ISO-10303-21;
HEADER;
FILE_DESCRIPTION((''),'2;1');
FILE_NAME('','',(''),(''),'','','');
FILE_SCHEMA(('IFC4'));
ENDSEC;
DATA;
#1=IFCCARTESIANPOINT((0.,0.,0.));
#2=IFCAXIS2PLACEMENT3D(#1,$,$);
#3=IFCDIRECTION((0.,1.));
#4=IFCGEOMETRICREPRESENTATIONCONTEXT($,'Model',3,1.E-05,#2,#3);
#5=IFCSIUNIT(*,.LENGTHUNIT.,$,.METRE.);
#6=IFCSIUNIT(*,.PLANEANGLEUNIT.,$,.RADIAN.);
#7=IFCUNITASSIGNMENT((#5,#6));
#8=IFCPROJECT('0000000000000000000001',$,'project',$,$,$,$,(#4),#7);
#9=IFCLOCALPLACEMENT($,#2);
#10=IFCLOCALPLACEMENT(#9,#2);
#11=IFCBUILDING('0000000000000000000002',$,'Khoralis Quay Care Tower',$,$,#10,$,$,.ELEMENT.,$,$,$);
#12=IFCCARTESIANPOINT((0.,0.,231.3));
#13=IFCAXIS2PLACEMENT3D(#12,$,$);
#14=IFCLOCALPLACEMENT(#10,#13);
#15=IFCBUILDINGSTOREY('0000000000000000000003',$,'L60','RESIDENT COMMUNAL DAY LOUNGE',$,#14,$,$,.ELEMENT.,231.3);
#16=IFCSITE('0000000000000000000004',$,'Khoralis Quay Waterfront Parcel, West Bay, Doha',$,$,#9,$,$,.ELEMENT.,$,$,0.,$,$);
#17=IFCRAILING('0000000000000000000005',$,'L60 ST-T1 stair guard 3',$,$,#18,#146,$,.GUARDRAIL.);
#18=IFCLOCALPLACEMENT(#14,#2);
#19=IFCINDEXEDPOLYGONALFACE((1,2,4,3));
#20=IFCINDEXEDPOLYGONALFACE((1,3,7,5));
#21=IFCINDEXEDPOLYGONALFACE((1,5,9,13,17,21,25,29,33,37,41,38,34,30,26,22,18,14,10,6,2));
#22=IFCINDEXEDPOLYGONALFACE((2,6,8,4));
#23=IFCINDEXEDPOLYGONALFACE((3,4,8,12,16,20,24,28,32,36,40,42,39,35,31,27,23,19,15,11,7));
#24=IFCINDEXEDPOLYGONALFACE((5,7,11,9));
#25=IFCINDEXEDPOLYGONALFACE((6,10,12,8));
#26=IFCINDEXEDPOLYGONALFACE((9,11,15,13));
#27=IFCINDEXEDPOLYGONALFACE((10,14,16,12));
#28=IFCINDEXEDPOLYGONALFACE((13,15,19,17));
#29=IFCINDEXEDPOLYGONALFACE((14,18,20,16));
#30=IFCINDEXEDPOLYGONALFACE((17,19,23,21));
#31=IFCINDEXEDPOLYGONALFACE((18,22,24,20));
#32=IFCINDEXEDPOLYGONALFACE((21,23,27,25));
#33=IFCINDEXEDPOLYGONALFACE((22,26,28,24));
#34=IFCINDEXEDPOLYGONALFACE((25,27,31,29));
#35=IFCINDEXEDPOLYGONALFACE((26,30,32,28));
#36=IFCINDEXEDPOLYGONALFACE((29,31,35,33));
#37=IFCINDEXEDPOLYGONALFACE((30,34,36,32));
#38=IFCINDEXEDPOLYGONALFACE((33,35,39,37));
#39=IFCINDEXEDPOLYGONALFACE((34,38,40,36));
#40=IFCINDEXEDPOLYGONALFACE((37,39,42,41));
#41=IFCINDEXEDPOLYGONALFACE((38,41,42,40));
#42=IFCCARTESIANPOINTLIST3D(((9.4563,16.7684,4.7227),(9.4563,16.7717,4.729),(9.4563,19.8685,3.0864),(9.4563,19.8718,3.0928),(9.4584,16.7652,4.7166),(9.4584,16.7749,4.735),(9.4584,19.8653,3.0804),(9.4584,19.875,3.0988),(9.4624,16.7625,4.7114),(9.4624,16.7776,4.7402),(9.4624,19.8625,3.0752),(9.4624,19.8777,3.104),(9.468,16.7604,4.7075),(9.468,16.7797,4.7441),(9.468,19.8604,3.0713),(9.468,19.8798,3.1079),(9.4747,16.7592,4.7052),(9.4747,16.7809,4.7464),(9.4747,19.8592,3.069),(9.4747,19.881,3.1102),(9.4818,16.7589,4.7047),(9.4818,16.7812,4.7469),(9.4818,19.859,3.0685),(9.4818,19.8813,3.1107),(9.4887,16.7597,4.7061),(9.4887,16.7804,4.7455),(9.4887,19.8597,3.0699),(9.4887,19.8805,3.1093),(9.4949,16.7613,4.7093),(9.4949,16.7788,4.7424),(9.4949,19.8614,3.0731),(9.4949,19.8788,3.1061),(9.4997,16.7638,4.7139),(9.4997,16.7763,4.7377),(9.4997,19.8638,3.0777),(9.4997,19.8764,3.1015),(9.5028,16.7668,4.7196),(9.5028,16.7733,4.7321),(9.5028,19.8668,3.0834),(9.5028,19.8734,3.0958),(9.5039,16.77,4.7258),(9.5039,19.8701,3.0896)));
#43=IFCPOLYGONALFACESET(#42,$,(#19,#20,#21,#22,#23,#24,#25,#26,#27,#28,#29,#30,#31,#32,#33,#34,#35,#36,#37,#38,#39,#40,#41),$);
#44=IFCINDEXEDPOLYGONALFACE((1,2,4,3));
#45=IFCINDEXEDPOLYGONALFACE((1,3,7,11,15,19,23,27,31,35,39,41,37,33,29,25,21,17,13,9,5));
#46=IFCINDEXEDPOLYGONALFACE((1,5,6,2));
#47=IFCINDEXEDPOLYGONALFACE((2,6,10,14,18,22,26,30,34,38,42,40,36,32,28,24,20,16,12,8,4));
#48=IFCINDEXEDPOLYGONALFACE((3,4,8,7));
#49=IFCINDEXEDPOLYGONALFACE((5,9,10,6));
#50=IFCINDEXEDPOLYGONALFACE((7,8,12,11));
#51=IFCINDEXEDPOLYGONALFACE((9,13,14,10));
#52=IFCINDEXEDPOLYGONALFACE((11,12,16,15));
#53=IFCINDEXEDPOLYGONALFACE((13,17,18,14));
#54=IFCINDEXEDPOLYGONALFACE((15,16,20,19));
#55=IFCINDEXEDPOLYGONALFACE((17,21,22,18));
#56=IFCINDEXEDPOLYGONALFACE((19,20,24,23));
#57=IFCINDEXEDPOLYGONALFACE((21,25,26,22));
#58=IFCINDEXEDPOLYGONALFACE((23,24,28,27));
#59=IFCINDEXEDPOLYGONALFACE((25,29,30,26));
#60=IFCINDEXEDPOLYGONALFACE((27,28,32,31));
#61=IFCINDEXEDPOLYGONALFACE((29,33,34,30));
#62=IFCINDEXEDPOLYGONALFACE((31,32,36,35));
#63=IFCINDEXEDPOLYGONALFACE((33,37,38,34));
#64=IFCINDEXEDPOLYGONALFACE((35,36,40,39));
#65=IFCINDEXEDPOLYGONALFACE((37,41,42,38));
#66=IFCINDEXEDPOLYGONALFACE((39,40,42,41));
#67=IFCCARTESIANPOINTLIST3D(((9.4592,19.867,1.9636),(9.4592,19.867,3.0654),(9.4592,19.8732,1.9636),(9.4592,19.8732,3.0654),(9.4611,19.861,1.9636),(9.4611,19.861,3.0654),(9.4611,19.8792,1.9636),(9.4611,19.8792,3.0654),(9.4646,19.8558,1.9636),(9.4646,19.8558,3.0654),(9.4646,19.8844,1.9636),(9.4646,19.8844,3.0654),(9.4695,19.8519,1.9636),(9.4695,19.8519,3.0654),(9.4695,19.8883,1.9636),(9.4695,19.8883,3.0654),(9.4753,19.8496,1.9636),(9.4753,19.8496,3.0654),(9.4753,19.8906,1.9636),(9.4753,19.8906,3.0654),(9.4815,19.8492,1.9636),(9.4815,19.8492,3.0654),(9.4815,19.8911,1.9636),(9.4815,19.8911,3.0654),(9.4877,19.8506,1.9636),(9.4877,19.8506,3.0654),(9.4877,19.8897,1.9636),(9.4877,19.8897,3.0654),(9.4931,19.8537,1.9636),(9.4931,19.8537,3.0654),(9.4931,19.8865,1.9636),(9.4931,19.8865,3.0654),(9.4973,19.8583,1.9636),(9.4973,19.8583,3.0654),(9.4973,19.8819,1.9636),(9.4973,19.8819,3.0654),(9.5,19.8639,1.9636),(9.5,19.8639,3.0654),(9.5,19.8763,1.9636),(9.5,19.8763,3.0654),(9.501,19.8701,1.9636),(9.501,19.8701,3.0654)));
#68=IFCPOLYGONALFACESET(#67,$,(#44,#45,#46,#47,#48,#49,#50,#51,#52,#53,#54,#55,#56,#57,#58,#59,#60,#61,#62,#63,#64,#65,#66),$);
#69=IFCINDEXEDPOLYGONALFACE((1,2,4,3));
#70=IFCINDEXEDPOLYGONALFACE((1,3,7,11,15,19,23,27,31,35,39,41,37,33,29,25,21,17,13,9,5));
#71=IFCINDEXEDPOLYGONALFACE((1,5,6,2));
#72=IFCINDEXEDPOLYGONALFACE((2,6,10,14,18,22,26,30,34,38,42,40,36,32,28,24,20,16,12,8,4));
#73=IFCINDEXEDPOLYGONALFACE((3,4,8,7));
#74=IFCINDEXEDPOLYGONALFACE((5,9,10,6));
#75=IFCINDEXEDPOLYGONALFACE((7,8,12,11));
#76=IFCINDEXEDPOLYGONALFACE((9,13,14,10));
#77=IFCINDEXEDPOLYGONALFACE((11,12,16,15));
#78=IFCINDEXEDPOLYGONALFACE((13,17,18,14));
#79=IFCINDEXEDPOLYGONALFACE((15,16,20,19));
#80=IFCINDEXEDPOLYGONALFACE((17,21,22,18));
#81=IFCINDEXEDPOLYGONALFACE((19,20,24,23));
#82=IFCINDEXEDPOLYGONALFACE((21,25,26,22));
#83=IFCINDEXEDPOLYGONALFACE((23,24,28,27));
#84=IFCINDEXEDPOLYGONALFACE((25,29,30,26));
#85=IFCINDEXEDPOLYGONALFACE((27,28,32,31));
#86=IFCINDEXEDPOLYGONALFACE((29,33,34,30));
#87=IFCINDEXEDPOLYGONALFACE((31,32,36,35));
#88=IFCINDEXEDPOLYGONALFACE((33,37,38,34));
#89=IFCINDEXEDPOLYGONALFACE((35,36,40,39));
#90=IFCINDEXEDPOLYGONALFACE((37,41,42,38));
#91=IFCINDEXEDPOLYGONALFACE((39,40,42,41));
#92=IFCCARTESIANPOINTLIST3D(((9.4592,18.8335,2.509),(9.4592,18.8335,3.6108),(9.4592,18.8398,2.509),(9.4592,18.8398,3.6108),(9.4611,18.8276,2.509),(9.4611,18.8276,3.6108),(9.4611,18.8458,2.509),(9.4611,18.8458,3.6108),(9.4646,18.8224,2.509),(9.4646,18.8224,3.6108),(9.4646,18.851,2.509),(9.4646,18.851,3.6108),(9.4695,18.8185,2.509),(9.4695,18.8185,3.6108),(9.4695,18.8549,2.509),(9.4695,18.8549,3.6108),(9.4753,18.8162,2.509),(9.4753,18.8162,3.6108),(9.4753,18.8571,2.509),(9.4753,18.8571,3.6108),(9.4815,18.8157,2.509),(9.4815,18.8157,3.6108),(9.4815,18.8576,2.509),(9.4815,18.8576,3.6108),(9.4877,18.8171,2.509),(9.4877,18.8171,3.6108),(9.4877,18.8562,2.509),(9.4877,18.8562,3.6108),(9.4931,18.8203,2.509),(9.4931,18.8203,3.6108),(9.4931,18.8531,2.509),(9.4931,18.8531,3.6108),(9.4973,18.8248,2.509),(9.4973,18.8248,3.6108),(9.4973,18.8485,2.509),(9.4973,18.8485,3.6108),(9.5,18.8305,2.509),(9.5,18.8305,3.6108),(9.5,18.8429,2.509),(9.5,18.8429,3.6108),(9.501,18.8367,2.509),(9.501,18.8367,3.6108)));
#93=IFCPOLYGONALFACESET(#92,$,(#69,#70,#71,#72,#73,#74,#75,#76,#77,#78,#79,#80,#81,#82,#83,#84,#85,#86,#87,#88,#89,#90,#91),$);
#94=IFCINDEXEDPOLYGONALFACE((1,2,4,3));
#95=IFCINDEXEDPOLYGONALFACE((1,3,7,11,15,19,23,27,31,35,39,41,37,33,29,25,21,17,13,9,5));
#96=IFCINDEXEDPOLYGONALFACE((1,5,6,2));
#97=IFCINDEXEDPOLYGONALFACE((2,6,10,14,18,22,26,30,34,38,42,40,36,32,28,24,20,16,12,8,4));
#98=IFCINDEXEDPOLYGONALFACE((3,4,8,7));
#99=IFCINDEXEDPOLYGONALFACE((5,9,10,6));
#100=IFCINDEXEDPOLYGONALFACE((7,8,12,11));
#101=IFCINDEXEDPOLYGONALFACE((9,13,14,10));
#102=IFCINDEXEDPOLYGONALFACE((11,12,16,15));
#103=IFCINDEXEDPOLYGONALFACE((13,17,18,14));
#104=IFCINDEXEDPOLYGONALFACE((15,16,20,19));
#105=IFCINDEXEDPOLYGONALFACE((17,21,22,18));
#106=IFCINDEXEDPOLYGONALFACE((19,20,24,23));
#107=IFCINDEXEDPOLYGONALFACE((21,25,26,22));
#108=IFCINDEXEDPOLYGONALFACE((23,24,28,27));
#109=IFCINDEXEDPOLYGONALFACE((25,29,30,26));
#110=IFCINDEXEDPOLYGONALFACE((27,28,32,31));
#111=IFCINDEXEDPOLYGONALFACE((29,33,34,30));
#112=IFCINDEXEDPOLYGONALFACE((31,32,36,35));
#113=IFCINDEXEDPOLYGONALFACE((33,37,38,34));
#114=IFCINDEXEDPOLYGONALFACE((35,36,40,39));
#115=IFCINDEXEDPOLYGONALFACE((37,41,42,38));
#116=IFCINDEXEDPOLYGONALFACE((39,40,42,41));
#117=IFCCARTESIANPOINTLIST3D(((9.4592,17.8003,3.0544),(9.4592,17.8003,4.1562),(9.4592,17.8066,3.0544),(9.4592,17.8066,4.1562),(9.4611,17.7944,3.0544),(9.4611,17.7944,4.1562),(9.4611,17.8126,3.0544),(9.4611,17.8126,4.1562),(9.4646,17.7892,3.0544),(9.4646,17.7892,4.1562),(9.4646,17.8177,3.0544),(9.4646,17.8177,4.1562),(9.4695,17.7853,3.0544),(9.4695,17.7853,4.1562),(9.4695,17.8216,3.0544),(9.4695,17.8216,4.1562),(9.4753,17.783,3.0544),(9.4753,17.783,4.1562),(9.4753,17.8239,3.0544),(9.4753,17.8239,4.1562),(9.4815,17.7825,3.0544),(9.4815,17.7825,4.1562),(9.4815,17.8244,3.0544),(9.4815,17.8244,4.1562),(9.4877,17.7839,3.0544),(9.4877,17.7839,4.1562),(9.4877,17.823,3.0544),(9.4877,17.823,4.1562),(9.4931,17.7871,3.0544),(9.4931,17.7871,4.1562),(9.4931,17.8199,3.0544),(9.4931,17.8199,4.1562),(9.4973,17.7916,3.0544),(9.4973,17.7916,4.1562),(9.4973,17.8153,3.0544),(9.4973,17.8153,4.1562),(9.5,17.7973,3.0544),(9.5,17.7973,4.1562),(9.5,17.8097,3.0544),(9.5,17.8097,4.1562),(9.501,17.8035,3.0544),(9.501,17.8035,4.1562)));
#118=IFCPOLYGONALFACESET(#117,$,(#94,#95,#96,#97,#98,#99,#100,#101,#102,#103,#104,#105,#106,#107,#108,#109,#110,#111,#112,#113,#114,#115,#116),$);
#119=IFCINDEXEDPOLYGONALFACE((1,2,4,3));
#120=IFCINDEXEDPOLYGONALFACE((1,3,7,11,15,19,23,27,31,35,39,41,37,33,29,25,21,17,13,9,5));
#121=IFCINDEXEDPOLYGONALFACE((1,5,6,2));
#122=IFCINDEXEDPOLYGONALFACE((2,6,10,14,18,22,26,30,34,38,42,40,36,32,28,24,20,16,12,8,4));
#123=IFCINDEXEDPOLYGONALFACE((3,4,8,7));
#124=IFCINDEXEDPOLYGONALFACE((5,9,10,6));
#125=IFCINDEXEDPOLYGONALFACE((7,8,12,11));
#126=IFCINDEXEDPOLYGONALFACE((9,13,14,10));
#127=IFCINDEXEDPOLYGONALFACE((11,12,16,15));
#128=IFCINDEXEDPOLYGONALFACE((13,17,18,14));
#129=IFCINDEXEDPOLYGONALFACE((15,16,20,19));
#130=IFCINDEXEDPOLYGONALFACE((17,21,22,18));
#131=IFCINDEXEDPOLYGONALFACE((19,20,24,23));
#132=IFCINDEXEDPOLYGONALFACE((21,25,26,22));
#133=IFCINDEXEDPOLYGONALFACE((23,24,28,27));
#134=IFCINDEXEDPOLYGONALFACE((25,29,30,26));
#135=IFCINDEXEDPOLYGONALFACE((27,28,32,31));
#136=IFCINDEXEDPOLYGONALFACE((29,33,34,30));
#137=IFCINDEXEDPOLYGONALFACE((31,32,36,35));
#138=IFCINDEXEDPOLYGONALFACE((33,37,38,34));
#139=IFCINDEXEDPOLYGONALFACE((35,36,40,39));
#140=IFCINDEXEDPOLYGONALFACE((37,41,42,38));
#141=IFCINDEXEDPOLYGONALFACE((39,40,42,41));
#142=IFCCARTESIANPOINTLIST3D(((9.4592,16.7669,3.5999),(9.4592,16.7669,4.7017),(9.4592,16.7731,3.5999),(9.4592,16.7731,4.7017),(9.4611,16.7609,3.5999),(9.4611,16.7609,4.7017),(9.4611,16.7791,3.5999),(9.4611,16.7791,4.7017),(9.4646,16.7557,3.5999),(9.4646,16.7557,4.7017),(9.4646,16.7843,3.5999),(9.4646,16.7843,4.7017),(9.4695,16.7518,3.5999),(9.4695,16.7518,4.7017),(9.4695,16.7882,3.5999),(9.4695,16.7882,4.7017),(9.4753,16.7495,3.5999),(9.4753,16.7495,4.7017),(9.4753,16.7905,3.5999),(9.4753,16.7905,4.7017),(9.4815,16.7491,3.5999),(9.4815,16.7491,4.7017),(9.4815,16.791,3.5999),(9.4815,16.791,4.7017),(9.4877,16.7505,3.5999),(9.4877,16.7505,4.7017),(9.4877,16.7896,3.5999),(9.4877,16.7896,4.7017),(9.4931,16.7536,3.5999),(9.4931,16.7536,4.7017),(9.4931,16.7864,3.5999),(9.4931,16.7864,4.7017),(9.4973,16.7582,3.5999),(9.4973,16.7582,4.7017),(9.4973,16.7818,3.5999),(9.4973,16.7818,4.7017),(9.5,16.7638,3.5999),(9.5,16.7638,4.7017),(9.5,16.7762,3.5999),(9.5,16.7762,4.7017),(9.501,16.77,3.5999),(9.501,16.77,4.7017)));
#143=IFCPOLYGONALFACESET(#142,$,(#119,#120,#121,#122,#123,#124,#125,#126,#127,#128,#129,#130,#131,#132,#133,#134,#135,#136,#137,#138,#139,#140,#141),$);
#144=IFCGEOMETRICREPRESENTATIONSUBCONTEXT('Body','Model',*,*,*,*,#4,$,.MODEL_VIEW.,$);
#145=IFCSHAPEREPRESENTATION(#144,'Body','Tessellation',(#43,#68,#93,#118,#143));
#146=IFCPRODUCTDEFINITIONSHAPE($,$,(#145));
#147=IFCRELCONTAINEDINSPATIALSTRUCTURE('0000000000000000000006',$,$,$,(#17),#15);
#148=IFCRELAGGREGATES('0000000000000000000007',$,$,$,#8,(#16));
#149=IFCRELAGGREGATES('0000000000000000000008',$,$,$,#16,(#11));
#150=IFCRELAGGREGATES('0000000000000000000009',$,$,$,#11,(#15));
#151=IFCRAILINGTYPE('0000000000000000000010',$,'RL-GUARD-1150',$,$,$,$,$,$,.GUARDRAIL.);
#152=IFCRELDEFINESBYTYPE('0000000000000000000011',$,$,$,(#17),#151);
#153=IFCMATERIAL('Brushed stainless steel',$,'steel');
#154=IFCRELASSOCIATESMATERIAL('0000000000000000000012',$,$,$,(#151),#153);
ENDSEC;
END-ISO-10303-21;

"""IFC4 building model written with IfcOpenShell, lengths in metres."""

from ifc_helpers import new_model, si_unit, direction, frame, origin, origin_2d, place, context, subcontext, project, spatial, circle, extrude, material, type_object, element, save


model = new_model("IFC4")

# Units and contexts
model_context = context("Model", 3, precision=1e-05, world=origin(), true_north=direction((0.0, 1.0)))
body_context = subcontext(model_context, "Body", "Model", "MODEL_VIEW")
ifc_project = project(units=[si_unit("LENGTHUNIT", "METRE"), si_unit("PLANEANGLEUNIT", "RADIAN")], contexts=[model_context])

# Site, building, storey
site_placement = place(None, origin())
site = spatial("IfcSite", under=ifc_project, at=site_placement, Name="Khoralis Quay Waterfront Parcel, West Bay, Doha", CompositionType="ELEMENT", RefElevation=0.0)
building_placement = place(site_placement, origin())
building = spatial("IfcBuilding", under=site, at=building_placement, Name="Khoralis Quay Care Tower", CompositionType="ELEMENT")
storey_placement = place(building_placement, frame((0.0, 0.0, 231.3)))
storey = spatial("IfcBuildingStorey", under=building, at=storey_placement, Name="L60", Description="RESIDENT COMMUNAL DAY LOUNGE", CompositionType="ELEMENT", Elevation=231.3)

# Railing
ifc_material_1 = material(Name="Brushed stainless steel", Category="steel")
railing_type_1 = type_object("IfcRailingType", Name="RL-GUARD-1150", PredefinedType="GUARDRAIL", material=ifc_material_1)
railing_1_placement = place(storey_placement, frame((9.48, 19.8701, 1.9636)))
element("IfcRailing", 1, at=railing_1_placement, inside=storey, type_object=railing_type_1, Name="L60 ST-T1 stair guard 3", PredefinedType="GUARDRAIL", context=body_context, shape_type="SweptSolid", body=[
    extrude(circle(Radius=0.0239, at=origin_2d()), frame((0.0, 0.0, 1.126), z_axis=(0.0, -0.884377, 0.466774), x_axis=(1.0, 0.0, 0.0)), (0.0, 0.0, 1.0), 3.5054),
    extrude(circle(Radius=0.021, at=origin_2d()), origin(), (0.0, 0.0, 1.0), 1.1018),
    extrude(circle(Radius=0.021, at=origin_2d()), frame((0.0, -1.0334, 0.5454)), (0.0, 0.0, 1.0), 1.1018),
    extrude(circle(Radius=0.021, at=origin_2d()), frame((0.0, -2.0667, 1.0908)), (0.0, 0.0, 1.0), 1.1018),
    extrude(circle(Radius=0.021, at=origin_2d()), frame((0.0, -3.1001, 1.6362)), (0.0, 0.0, 1.0), 1.1018),
])

save(model, "model.ifc")
